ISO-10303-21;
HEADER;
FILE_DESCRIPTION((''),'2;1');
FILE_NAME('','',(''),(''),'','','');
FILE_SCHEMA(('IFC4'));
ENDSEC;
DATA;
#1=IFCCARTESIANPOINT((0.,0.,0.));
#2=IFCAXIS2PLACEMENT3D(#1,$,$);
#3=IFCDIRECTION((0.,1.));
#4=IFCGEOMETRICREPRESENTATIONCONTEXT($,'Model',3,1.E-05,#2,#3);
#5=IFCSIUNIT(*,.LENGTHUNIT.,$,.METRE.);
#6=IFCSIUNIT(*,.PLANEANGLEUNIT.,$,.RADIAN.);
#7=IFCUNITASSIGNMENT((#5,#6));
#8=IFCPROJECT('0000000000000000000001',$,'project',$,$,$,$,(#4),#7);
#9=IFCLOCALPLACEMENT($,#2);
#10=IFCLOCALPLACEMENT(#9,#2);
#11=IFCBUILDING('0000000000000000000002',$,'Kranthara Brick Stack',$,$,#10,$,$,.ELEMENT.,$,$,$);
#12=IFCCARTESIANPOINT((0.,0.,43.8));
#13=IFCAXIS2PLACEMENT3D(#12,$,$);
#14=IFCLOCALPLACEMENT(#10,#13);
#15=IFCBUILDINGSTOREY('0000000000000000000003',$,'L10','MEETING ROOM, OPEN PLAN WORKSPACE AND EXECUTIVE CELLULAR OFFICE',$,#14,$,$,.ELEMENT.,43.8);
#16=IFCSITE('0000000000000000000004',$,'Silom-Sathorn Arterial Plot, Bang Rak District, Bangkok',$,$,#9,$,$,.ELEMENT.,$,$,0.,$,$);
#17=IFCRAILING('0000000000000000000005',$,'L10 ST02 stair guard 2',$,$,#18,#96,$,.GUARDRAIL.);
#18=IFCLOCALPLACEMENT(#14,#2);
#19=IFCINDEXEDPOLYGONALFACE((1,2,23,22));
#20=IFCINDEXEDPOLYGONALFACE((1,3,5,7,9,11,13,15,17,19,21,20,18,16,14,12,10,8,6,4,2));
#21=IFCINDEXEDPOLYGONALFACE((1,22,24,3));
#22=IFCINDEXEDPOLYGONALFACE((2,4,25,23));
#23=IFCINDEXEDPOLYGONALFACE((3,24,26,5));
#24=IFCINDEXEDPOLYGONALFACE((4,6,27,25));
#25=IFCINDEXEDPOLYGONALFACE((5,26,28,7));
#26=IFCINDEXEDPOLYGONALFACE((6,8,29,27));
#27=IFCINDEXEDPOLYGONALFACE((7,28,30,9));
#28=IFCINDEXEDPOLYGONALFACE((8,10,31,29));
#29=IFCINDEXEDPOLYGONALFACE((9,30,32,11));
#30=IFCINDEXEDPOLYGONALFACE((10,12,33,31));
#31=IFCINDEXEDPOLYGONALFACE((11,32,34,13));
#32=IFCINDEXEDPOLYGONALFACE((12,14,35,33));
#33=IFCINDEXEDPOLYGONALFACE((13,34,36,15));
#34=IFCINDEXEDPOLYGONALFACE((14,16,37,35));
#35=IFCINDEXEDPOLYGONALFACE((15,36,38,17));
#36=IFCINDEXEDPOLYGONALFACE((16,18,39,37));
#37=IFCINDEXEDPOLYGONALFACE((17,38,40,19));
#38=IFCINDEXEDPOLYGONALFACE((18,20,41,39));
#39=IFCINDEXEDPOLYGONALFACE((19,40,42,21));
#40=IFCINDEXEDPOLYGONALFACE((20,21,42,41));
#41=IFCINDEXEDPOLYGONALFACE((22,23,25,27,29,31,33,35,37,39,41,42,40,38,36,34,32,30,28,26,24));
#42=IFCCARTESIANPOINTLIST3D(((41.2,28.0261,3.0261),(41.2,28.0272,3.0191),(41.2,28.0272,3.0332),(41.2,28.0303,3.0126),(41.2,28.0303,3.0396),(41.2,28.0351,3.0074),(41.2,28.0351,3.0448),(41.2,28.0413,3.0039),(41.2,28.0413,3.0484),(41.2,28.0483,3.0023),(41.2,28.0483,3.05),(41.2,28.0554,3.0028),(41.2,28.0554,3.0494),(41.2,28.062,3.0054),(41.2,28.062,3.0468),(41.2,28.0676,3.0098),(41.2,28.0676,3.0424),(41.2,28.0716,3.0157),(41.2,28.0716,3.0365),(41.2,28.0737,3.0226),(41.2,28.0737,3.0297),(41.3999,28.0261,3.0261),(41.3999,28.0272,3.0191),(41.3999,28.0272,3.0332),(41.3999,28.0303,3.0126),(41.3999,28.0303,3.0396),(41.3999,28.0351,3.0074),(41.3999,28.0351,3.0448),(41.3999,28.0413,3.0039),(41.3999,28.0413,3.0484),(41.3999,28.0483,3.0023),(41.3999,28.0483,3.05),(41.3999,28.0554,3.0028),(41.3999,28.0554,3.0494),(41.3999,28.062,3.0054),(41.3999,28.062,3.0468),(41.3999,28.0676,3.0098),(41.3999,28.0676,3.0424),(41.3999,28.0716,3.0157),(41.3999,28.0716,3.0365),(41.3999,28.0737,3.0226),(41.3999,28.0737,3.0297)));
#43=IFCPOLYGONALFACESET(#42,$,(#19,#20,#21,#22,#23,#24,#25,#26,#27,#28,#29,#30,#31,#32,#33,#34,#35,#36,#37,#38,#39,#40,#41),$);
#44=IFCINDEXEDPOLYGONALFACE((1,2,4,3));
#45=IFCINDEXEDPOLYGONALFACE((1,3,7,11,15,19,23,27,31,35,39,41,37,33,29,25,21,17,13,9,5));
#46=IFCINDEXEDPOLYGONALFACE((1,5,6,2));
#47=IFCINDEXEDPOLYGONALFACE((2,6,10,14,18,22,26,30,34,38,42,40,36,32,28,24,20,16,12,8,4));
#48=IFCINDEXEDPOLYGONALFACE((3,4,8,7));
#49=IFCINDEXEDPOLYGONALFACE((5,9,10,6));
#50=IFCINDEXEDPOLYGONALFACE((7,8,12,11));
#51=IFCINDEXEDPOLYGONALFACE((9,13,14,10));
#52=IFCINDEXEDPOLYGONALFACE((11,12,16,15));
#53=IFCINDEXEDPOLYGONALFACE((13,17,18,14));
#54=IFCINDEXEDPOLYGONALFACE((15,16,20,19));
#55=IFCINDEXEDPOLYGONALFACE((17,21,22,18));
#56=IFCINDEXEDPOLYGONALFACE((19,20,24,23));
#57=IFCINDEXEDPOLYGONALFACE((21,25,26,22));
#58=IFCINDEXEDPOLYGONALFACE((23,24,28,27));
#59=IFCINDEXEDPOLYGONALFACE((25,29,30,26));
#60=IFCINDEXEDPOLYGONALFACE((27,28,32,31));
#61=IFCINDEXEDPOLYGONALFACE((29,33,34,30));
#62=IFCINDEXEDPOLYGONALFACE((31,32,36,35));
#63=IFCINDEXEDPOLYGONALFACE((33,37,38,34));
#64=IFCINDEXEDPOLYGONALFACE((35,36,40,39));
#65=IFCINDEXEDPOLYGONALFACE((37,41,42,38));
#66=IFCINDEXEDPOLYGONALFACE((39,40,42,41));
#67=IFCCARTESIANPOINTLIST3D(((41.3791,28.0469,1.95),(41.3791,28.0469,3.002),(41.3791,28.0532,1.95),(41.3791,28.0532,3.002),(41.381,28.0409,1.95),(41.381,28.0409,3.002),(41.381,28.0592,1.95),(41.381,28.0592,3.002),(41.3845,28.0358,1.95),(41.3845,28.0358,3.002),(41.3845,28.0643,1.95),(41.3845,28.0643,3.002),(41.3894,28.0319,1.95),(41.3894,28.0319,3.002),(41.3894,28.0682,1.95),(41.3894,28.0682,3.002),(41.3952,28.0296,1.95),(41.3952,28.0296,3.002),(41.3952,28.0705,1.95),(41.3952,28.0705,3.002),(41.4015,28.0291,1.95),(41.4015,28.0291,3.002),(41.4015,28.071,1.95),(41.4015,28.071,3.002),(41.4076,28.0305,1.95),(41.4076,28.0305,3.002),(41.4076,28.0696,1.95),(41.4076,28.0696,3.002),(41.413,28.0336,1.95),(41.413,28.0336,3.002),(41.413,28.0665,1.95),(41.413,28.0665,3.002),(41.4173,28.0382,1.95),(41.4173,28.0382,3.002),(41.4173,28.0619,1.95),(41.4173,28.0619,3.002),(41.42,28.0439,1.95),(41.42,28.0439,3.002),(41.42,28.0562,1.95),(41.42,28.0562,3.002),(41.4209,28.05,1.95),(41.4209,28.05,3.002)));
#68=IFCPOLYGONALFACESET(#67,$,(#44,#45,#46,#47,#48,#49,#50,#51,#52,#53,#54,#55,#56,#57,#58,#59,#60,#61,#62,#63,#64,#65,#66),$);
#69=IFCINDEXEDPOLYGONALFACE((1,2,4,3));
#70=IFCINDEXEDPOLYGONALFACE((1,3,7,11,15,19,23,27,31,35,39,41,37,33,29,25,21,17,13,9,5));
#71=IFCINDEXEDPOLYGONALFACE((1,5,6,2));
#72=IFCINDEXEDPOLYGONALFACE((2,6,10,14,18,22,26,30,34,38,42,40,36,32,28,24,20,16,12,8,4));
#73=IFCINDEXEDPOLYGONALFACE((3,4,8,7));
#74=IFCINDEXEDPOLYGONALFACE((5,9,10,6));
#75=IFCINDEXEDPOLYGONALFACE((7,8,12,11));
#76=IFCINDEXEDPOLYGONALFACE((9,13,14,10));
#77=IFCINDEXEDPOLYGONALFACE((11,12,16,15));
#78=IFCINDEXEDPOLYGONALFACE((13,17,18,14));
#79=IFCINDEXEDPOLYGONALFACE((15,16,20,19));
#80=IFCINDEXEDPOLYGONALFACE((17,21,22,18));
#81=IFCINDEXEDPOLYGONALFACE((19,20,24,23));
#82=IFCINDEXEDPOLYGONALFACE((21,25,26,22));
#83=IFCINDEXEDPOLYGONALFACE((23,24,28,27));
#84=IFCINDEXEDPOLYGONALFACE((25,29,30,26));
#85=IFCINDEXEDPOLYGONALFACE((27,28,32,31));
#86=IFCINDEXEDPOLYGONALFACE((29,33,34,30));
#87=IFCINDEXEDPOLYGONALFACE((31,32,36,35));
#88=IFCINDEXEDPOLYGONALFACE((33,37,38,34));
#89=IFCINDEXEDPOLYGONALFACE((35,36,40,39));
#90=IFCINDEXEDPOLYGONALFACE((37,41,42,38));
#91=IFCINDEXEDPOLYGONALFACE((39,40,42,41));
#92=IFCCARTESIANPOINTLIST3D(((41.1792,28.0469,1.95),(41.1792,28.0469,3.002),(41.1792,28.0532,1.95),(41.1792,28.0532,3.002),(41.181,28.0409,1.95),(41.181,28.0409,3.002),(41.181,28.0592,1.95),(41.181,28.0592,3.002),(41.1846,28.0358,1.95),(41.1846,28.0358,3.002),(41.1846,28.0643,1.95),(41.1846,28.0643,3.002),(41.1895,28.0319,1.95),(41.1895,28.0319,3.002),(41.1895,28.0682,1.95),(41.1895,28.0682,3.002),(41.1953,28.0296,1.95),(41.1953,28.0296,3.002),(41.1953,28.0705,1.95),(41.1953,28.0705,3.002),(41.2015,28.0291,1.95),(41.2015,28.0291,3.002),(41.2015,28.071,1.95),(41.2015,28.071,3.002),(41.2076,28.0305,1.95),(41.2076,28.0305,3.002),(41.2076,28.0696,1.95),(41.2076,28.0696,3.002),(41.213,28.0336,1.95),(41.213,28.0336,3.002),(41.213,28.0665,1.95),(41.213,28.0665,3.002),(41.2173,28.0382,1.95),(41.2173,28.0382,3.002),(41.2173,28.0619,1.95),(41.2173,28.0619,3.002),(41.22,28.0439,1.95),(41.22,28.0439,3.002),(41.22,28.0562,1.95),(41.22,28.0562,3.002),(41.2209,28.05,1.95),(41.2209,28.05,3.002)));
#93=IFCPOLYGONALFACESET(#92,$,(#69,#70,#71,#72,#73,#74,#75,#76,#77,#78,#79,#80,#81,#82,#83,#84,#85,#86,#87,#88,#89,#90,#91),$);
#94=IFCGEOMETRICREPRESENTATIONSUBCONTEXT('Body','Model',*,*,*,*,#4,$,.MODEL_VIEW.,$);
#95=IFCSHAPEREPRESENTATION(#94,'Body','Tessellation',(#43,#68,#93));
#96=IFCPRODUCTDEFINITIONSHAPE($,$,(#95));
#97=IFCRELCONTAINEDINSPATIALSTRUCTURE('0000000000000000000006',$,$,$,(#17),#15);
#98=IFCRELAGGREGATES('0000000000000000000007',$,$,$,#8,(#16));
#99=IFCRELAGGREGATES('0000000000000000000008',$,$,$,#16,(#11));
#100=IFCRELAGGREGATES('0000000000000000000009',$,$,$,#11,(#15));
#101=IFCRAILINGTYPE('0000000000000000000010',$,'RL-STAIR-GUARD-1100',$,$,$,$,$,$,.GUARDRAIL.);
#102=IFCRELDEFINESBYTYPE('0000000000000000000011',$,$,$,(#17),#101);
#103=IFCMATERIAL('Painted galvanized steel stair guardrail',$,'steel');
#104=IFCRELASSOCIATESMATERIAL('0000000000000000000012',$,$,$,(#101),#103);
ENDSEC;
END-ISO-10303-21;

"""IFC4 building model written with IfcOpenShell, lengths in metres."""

from ifc_helpers import new_model, si_unit, direction, frame, origin, origin_2d, place, context, subcontext, project, spatial, circle, extrude, material, type_object, element, save


model = new_model("IFC4")

# Units and contexts
model_context = context("Model", 3, precision=1e-05, world=origin(), true_north=direction((0.0, 1.0)))
body_context = subcontext(model_context, "Body", "Model", "MODEL_VIEW")
ifc_project = project(units=[si_unit("LENGTHUNIT", "METRE"), si_unit("PLANEANGLEUNIT", "RADIAN")], contexts=[model_context])

# Site, building, storey
site_placement = place(None, origin())
site = spatial("IfcSite", under=ifc_project, at=site_placement, Name="Silom-Sathorn Arterial Plot, Bang Rak District, Bangkok", CompositionType="ELEMENT", RefElevation=0.0)
building_placement = place(site_placement, origin())
building = spatial("IfcBuilding", under=site, at=building_placement, Name="Kranthara Brick Stack", CompositionType="ELEMENT")
storey_placement = place(building_placement, frame((0.0, 0.0, 43.8)))
storey = spatial("IfcBuildingStorey", under=building, at=storey_placement, Name="L10", Description="MEETING ROOM, OPEN PLAN WORKSPACE AND EXECUTIVE CELLULAR OFFICE", CompositionType="ELEMENT", Elevation=43.8)

# Railing
ifc_material_1 = material(Name="Painted galvanized steel stair guardrail", Category="steel")
railing_type_1 = type_object("IfcRailingType", Name="RL-STAIR-GUARD-1100", PredefinedType="GUARDRAIL", material=ifc_material_1)
railing_1_placement = place(storey_placement, frame((41.3999, 28.05, 1.95)))
element("IfcRailing", 1, at=railing_1_placement, inside=storey, type_object=railing_type_1, Name="L10 ST02 stair guard 2", PredefinedType="GUARDRAIL", context=body_context, shape_type="SweptSolid", body=[
    extrude(circle(Radius=0.0239, at=origin_2d()), frame((0.0, 0.0, 1.0762), z_axis=(-1.0, 0.0, 0.0), x_axis=(0.0, -1.0, 0.0)), (0.0, 0.0, 1.0), 0.2),
    extrude(circle(Radius=0.021, at=origin_2d()), origin(), (0.0, 0.0, 1.0), 1.052),
    extrude(circle(Radius=0.021, at=origin_2d()), frame((-0.2, 0.0, 0.0)), (0.0, 0.0, 1.0), 1.052),
])

save(model, "model.ifc")
